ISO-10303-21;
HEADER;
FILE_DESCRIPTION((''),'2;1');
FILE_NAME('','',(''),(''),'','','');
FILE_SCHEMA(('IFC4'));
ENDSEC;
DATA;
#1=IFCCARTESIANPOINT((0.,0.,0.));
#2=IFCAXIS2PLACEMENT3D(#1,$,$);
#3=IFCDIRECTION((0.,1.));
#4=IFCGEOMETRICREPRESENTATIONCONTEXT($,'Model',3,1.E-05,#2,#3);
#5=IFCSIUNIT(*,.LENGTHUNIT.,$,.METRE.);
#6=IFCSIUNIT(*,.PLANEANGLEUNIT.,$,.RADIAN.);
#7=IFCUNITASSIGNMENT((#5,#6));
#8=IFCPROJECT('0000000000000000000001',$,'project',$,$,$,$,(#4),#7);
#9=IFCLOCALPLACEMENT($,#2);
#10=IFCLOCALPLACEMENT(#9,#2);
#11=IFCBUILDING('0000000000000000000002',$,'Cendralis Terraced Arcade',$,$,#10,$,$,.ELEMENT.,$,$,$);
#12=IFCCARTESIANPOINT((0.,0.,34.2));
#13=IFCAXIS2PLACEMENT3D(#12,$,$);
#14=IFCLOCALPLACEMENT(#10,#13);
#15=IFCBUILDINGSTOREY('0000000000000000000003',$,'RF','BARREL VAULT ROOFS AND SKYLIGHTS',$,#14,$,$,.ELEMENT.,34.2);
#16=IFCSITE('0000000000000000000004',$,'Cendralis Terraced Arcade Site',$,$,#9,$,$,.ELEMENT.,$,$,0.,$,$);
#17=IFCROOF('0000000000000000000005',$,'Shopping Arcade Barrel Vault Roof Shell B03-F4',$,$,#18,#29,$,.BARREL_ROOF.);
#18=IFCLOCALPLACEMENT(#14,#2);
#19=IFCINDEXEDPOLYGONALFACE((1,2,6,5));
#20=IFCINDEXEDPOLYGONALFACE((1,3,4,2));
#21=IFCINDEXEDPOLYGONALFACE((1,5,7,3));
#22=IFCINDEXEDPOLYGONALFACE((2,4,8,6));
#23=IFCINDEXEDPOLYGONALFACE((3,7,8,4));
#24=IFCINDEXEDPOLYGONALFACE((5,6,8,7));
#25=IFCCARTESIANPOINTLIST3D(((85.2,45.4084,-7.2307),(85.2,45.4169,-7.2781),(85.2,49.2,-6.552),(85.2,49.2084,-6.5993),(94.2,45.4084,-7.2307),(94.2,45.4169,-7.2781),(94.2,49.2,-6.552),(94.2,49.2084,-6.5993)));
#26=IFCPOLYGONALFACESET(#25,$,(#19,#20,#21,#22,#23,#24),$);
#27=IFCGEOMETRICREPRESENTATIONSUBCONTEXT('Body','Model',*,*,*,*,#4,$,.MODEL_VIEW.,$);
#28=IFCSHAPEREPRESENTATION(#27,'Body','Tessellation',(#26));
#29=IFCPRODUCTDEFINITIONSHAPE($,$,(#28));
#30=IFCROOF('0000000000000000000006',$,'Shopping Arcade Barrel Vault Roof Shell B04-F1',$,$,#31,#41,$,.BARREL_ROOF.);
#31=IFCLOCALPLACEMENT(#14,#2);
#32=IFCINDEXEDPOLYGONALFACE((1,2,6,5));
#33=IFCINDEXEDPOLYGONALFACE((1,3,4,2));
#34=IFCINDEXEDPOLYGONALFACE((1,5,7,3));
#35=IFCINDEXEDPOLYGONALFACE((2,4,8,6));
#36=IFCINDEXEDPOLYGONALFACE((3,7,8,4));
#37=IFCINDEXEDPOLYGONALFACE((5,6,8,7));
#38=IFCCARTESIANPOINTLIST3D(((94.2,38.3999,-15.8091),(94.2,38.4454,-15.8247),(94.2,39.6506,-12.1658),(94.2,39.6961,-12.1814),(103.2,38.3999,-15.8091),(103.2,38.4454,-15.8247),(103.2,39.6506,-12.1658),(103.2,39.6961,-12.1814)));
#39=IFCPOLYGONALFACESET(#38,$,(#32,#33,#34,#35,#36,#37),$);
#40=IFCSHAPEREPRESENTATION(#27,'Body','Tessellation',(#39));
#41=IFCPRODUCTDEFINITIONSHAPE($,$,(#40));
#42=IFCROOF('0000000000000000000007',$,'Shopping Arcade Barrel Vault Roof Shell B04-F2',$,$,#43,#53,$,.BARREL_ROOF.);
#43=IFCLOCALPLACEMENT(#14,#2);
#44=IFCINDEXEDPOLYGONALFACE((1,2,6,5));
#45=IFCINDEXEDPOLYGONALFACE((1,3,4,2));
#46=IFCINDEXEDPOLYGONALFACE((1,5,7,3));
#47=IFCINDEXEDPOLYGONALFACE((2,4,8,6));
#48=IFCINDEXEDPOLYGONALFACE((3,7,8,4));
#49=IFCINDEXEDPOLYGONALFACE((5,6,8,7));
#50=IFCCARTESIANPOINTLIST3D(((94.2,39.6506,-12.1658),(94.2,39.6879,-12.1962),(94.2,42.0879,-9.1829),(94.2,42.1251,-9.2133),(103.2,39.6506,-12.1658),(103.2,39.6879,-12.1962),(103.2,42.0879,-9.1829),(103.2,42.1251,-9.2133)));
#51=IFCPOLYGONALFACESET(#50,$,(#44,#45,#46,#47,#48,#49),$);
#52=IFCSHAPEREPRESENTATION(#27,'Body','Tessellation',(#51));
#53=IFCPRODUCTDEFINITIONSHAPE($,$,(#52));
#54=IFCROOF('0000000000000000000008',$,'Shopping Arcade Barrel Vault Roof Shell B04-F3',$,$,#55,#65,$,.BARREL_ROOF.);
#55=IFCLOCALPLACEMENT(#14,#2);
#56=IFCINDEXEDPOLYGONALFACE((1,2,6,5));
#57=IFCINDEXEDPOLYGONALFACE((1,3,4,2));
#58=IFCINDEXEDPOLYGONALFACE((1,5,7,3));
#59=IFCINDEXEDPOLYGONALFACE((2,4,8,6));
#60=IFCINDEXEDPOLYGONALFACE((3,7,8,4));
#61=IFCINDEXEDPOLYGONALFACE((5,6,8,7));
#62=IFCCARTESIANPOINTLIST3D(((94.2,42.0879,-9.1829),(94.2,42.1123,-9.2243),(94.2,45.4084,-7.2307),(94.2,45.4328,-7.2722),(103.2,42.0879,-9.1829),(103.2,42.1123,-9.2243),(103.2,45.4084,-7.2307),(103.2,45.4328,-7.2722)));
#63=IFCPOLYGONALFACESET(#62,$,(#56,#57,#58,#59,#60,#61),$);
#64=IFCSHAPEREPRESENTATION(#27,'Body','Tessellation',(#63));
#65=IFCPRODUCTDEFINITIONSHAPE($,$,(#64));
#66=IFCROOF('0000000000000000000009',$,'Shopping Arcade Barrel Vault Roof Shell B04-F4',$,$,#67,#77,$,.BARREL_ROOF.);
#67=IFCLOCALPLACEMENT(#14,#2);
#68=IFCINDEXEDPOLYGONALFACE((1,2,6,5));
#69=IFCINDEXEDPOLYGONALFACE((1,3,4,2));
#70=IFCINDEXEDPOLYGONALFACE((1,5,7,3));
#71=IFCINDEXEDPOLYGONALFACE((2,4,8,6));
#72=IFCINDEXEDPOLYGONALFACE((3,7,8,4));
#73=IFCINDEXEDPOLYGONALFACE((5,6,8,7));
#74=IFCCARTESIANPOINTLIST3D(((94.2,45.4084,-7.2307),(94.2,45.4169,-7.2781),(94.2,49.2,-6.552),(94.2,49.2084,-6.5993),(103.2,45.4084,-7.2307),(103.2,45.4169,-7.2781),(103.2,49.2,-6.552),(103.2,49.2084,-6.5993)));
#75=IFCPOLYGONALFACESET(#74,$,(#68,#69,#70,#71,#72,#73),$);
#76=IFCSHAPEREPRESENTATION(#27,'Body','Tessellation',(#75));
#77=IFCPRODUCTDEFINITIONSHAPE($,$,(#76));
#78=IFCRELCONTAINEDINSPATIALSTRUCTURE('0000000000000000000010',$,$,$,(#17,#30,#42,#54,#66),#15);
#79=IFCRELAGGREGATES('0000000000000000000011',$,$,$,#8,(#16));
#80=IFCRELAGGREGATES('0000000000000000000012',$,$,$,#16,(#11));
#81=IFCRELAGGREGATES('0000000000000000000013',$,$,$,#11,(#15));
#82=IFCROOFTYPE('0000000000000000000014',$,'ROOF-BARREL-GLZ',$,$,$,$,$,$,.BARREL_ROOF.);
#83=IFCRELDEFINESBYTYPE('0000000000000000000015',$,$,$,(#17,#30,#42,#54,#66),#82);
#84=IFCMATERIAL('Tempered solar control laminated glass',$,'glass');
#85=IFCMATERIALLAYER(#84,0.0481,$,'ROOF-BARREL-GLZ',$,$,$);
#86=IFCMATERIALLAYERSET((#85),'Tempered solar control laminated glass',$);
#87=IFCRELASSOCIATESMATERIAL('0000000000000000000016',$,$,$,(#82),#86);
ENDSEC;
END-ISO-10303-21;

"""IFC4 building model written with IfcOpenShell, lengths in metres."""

from ifc_helpers import new_model, si_unit, direction, frame, origin, place, context, subcontext, project, spatial, polyline, outline, extrude, material, layer, layer_set, type_object, element, save


model = new_model("IFC4")

# Units and contexts
model_context = context("Model", 3, precision=1e-05, world=origin(), true_north=direction((0.0, 1.0)))
body_context = subcontext(model_context, "Body", "Model", "MODEL_VIEW")
ifc_project = project(units=[si_unit("LENGTHUNIT", "METRE"), si_unit("PLANEANGLEUNIT", "RADIAN")], contexts=[model_context])

# Site, building, storey
site_placement = place(None, origin())
site = spatial("IfcSite", under=ifc_project, at=site_placement, Name="Cendralis Terraced Arcade Site", CompositionType="ELEMENT", RefElevation=0.0)
building_placement = place(site_placement, origin())
building = spatial("IfcBuilding", under=site, at=building_placement, Name="Cendralis Terraced Arcade", CompositionType="ELEMENT")
storey_placement = place(building_placement, frame((0.0, 0.0, 34.2)))
storey = spatial("IfcBuildingStorey", under=building, at=storey_placement, Name="RF", Description="BARREL VAULT ROOFS AND SKYLIGHTS", CompositionType="ELEMENT", Elevation=34.2)

# Roofs
ifc_material_1 = material(Name="Tempered solar control laminated glass", Category="glass")
ifc_layer = layer(ifc_material_1, 0.0481, Name="ROOF-BARREL-GLZ")
ifc_layer_set = layer_set([ifc_layer], Name="Tempered solar control laminated glass")
roof_type = type_object("IfcRoofType", Name="ROOF-BARREL-GLZ", PredefinedType="BARREL_ROOF", material=ifc_layer_set)
roof_1_placement = place(storey_placement, frame((85.2, 45.4084, -7.2307), z_axis=(0.0, -0.176207, 0.984353), x_axis=(1.0, 0.0, 0.0)))
element("IfcRoof", 1, at=roof_1_placement, inside=storey, type_object=roof_type, Name="Shopping Arcade Barrel Vault Roof Shell B03-F4", PredefinedType="BARREL_ROOF", context=body_context, shape_type="SweptSolid", body=[
    extrude(outline(polyline([(0.0, 0.0), (9.0, 0.0), (9.0, 3.8518), (0.0, 3.8518), (0.0, 0.0)])), origin(), (0.0, 0.0, -1.0), 0.0481),
])
roof_2_placement = place(storey_placement, frame((94.2, 38.3999, -15.8091), z_axis=(0.0, -0.945819, 0.324695), x_axis=(1.0, 0.0, 0.0)))
element("IfcRoof", 2, at=roof_2_placement, inside=storey, type_object=roof_type, Name="Shopping Arcade Barrel Vault Roof Shell B04-F1", PredefinedType="BARREL_ROOF", context=body_context, shape_type="SweptSolid", body=[
    extrude(outline(polyline([(0.0, 0.0), (9.0, 0.0), (9.0, 3.852), (0.0, 3.852), (0.0, 0.0)])), origin(), (0.0, 0.0, -1.0), 0.0481),
])
roof_3_placement = place(storey_placement, frame((94.2, 39.6506, -12.1658), z_axis=(0.0, -0.774378, 0.632723), x_axis=(1.0, 0.0, 0.0)))
element("IfcRoof", 3, at=roof_3_placement, inside=storey, type_object=roof_type, Name="Shopping Arcade Barrel Vault Roof Shell B04-F2", PredefinedType="BARREL_ROOF", context=body_context, shape_type="SweptSolid", body=[
    extrude(outline(polyline([(0.0, 0.0), (9.0, 0.0), (9.0, 3.852), (0.0, 3.852), (0.0, 0.0)])), origin(), (0.0, 0.0, -1.0), 0.0481),
])
roof_4_placement = place(storey_placement, frame((94.2, 42.0879, -9.1829), z_axis=(0.0, -0.506804, 0.862061), x_axis=(1.0, 0.0, 0.0)))
element("IfcRoof", 4, at=roof_4_placement, inside=storey, type_object=roof_type, Name="Shopping Arcade Barrel Vault Roof Shell B04-F3", PredefinedType="BARREL_ROOF", context=body_context, shape_type="SweptSolid", body=[
    extrude(outline(polyline([(0.0, 0.0), (9.0, 0.0), (9.0, 3.8519), (0.0, 3.8519), (0.0, 0.0)])), origin(), (0.0, 0.0, -1.0), 0.0481),
])
roof_5_placement = place(storey_placement, frame((94.2, 45.4084, -7.2307), z_axis=(0.0, -0.176207, 0.984353), x_axis=(1.0, 0.0, 0.0)))
element("IfcRoof", 5, at=roof_5_placement, inside=storey, type_object=roof_type, Name="Shopping Arcade Barrel Vault Roof Shell B04-F4", PredefinedType="BARREL_ROOF", context=body_context, shape_type="SweptSolid", body=[
    extrude(outline(polyline([(0.0, 0.0), (9.0, 0.0), (9.0, 3.8518), (0.0, 3.8518), (0.0, 0.0)])), origin(), (0.0, 0.0, -1.0), 0.0481),
])

save(model, "model.ifc")
